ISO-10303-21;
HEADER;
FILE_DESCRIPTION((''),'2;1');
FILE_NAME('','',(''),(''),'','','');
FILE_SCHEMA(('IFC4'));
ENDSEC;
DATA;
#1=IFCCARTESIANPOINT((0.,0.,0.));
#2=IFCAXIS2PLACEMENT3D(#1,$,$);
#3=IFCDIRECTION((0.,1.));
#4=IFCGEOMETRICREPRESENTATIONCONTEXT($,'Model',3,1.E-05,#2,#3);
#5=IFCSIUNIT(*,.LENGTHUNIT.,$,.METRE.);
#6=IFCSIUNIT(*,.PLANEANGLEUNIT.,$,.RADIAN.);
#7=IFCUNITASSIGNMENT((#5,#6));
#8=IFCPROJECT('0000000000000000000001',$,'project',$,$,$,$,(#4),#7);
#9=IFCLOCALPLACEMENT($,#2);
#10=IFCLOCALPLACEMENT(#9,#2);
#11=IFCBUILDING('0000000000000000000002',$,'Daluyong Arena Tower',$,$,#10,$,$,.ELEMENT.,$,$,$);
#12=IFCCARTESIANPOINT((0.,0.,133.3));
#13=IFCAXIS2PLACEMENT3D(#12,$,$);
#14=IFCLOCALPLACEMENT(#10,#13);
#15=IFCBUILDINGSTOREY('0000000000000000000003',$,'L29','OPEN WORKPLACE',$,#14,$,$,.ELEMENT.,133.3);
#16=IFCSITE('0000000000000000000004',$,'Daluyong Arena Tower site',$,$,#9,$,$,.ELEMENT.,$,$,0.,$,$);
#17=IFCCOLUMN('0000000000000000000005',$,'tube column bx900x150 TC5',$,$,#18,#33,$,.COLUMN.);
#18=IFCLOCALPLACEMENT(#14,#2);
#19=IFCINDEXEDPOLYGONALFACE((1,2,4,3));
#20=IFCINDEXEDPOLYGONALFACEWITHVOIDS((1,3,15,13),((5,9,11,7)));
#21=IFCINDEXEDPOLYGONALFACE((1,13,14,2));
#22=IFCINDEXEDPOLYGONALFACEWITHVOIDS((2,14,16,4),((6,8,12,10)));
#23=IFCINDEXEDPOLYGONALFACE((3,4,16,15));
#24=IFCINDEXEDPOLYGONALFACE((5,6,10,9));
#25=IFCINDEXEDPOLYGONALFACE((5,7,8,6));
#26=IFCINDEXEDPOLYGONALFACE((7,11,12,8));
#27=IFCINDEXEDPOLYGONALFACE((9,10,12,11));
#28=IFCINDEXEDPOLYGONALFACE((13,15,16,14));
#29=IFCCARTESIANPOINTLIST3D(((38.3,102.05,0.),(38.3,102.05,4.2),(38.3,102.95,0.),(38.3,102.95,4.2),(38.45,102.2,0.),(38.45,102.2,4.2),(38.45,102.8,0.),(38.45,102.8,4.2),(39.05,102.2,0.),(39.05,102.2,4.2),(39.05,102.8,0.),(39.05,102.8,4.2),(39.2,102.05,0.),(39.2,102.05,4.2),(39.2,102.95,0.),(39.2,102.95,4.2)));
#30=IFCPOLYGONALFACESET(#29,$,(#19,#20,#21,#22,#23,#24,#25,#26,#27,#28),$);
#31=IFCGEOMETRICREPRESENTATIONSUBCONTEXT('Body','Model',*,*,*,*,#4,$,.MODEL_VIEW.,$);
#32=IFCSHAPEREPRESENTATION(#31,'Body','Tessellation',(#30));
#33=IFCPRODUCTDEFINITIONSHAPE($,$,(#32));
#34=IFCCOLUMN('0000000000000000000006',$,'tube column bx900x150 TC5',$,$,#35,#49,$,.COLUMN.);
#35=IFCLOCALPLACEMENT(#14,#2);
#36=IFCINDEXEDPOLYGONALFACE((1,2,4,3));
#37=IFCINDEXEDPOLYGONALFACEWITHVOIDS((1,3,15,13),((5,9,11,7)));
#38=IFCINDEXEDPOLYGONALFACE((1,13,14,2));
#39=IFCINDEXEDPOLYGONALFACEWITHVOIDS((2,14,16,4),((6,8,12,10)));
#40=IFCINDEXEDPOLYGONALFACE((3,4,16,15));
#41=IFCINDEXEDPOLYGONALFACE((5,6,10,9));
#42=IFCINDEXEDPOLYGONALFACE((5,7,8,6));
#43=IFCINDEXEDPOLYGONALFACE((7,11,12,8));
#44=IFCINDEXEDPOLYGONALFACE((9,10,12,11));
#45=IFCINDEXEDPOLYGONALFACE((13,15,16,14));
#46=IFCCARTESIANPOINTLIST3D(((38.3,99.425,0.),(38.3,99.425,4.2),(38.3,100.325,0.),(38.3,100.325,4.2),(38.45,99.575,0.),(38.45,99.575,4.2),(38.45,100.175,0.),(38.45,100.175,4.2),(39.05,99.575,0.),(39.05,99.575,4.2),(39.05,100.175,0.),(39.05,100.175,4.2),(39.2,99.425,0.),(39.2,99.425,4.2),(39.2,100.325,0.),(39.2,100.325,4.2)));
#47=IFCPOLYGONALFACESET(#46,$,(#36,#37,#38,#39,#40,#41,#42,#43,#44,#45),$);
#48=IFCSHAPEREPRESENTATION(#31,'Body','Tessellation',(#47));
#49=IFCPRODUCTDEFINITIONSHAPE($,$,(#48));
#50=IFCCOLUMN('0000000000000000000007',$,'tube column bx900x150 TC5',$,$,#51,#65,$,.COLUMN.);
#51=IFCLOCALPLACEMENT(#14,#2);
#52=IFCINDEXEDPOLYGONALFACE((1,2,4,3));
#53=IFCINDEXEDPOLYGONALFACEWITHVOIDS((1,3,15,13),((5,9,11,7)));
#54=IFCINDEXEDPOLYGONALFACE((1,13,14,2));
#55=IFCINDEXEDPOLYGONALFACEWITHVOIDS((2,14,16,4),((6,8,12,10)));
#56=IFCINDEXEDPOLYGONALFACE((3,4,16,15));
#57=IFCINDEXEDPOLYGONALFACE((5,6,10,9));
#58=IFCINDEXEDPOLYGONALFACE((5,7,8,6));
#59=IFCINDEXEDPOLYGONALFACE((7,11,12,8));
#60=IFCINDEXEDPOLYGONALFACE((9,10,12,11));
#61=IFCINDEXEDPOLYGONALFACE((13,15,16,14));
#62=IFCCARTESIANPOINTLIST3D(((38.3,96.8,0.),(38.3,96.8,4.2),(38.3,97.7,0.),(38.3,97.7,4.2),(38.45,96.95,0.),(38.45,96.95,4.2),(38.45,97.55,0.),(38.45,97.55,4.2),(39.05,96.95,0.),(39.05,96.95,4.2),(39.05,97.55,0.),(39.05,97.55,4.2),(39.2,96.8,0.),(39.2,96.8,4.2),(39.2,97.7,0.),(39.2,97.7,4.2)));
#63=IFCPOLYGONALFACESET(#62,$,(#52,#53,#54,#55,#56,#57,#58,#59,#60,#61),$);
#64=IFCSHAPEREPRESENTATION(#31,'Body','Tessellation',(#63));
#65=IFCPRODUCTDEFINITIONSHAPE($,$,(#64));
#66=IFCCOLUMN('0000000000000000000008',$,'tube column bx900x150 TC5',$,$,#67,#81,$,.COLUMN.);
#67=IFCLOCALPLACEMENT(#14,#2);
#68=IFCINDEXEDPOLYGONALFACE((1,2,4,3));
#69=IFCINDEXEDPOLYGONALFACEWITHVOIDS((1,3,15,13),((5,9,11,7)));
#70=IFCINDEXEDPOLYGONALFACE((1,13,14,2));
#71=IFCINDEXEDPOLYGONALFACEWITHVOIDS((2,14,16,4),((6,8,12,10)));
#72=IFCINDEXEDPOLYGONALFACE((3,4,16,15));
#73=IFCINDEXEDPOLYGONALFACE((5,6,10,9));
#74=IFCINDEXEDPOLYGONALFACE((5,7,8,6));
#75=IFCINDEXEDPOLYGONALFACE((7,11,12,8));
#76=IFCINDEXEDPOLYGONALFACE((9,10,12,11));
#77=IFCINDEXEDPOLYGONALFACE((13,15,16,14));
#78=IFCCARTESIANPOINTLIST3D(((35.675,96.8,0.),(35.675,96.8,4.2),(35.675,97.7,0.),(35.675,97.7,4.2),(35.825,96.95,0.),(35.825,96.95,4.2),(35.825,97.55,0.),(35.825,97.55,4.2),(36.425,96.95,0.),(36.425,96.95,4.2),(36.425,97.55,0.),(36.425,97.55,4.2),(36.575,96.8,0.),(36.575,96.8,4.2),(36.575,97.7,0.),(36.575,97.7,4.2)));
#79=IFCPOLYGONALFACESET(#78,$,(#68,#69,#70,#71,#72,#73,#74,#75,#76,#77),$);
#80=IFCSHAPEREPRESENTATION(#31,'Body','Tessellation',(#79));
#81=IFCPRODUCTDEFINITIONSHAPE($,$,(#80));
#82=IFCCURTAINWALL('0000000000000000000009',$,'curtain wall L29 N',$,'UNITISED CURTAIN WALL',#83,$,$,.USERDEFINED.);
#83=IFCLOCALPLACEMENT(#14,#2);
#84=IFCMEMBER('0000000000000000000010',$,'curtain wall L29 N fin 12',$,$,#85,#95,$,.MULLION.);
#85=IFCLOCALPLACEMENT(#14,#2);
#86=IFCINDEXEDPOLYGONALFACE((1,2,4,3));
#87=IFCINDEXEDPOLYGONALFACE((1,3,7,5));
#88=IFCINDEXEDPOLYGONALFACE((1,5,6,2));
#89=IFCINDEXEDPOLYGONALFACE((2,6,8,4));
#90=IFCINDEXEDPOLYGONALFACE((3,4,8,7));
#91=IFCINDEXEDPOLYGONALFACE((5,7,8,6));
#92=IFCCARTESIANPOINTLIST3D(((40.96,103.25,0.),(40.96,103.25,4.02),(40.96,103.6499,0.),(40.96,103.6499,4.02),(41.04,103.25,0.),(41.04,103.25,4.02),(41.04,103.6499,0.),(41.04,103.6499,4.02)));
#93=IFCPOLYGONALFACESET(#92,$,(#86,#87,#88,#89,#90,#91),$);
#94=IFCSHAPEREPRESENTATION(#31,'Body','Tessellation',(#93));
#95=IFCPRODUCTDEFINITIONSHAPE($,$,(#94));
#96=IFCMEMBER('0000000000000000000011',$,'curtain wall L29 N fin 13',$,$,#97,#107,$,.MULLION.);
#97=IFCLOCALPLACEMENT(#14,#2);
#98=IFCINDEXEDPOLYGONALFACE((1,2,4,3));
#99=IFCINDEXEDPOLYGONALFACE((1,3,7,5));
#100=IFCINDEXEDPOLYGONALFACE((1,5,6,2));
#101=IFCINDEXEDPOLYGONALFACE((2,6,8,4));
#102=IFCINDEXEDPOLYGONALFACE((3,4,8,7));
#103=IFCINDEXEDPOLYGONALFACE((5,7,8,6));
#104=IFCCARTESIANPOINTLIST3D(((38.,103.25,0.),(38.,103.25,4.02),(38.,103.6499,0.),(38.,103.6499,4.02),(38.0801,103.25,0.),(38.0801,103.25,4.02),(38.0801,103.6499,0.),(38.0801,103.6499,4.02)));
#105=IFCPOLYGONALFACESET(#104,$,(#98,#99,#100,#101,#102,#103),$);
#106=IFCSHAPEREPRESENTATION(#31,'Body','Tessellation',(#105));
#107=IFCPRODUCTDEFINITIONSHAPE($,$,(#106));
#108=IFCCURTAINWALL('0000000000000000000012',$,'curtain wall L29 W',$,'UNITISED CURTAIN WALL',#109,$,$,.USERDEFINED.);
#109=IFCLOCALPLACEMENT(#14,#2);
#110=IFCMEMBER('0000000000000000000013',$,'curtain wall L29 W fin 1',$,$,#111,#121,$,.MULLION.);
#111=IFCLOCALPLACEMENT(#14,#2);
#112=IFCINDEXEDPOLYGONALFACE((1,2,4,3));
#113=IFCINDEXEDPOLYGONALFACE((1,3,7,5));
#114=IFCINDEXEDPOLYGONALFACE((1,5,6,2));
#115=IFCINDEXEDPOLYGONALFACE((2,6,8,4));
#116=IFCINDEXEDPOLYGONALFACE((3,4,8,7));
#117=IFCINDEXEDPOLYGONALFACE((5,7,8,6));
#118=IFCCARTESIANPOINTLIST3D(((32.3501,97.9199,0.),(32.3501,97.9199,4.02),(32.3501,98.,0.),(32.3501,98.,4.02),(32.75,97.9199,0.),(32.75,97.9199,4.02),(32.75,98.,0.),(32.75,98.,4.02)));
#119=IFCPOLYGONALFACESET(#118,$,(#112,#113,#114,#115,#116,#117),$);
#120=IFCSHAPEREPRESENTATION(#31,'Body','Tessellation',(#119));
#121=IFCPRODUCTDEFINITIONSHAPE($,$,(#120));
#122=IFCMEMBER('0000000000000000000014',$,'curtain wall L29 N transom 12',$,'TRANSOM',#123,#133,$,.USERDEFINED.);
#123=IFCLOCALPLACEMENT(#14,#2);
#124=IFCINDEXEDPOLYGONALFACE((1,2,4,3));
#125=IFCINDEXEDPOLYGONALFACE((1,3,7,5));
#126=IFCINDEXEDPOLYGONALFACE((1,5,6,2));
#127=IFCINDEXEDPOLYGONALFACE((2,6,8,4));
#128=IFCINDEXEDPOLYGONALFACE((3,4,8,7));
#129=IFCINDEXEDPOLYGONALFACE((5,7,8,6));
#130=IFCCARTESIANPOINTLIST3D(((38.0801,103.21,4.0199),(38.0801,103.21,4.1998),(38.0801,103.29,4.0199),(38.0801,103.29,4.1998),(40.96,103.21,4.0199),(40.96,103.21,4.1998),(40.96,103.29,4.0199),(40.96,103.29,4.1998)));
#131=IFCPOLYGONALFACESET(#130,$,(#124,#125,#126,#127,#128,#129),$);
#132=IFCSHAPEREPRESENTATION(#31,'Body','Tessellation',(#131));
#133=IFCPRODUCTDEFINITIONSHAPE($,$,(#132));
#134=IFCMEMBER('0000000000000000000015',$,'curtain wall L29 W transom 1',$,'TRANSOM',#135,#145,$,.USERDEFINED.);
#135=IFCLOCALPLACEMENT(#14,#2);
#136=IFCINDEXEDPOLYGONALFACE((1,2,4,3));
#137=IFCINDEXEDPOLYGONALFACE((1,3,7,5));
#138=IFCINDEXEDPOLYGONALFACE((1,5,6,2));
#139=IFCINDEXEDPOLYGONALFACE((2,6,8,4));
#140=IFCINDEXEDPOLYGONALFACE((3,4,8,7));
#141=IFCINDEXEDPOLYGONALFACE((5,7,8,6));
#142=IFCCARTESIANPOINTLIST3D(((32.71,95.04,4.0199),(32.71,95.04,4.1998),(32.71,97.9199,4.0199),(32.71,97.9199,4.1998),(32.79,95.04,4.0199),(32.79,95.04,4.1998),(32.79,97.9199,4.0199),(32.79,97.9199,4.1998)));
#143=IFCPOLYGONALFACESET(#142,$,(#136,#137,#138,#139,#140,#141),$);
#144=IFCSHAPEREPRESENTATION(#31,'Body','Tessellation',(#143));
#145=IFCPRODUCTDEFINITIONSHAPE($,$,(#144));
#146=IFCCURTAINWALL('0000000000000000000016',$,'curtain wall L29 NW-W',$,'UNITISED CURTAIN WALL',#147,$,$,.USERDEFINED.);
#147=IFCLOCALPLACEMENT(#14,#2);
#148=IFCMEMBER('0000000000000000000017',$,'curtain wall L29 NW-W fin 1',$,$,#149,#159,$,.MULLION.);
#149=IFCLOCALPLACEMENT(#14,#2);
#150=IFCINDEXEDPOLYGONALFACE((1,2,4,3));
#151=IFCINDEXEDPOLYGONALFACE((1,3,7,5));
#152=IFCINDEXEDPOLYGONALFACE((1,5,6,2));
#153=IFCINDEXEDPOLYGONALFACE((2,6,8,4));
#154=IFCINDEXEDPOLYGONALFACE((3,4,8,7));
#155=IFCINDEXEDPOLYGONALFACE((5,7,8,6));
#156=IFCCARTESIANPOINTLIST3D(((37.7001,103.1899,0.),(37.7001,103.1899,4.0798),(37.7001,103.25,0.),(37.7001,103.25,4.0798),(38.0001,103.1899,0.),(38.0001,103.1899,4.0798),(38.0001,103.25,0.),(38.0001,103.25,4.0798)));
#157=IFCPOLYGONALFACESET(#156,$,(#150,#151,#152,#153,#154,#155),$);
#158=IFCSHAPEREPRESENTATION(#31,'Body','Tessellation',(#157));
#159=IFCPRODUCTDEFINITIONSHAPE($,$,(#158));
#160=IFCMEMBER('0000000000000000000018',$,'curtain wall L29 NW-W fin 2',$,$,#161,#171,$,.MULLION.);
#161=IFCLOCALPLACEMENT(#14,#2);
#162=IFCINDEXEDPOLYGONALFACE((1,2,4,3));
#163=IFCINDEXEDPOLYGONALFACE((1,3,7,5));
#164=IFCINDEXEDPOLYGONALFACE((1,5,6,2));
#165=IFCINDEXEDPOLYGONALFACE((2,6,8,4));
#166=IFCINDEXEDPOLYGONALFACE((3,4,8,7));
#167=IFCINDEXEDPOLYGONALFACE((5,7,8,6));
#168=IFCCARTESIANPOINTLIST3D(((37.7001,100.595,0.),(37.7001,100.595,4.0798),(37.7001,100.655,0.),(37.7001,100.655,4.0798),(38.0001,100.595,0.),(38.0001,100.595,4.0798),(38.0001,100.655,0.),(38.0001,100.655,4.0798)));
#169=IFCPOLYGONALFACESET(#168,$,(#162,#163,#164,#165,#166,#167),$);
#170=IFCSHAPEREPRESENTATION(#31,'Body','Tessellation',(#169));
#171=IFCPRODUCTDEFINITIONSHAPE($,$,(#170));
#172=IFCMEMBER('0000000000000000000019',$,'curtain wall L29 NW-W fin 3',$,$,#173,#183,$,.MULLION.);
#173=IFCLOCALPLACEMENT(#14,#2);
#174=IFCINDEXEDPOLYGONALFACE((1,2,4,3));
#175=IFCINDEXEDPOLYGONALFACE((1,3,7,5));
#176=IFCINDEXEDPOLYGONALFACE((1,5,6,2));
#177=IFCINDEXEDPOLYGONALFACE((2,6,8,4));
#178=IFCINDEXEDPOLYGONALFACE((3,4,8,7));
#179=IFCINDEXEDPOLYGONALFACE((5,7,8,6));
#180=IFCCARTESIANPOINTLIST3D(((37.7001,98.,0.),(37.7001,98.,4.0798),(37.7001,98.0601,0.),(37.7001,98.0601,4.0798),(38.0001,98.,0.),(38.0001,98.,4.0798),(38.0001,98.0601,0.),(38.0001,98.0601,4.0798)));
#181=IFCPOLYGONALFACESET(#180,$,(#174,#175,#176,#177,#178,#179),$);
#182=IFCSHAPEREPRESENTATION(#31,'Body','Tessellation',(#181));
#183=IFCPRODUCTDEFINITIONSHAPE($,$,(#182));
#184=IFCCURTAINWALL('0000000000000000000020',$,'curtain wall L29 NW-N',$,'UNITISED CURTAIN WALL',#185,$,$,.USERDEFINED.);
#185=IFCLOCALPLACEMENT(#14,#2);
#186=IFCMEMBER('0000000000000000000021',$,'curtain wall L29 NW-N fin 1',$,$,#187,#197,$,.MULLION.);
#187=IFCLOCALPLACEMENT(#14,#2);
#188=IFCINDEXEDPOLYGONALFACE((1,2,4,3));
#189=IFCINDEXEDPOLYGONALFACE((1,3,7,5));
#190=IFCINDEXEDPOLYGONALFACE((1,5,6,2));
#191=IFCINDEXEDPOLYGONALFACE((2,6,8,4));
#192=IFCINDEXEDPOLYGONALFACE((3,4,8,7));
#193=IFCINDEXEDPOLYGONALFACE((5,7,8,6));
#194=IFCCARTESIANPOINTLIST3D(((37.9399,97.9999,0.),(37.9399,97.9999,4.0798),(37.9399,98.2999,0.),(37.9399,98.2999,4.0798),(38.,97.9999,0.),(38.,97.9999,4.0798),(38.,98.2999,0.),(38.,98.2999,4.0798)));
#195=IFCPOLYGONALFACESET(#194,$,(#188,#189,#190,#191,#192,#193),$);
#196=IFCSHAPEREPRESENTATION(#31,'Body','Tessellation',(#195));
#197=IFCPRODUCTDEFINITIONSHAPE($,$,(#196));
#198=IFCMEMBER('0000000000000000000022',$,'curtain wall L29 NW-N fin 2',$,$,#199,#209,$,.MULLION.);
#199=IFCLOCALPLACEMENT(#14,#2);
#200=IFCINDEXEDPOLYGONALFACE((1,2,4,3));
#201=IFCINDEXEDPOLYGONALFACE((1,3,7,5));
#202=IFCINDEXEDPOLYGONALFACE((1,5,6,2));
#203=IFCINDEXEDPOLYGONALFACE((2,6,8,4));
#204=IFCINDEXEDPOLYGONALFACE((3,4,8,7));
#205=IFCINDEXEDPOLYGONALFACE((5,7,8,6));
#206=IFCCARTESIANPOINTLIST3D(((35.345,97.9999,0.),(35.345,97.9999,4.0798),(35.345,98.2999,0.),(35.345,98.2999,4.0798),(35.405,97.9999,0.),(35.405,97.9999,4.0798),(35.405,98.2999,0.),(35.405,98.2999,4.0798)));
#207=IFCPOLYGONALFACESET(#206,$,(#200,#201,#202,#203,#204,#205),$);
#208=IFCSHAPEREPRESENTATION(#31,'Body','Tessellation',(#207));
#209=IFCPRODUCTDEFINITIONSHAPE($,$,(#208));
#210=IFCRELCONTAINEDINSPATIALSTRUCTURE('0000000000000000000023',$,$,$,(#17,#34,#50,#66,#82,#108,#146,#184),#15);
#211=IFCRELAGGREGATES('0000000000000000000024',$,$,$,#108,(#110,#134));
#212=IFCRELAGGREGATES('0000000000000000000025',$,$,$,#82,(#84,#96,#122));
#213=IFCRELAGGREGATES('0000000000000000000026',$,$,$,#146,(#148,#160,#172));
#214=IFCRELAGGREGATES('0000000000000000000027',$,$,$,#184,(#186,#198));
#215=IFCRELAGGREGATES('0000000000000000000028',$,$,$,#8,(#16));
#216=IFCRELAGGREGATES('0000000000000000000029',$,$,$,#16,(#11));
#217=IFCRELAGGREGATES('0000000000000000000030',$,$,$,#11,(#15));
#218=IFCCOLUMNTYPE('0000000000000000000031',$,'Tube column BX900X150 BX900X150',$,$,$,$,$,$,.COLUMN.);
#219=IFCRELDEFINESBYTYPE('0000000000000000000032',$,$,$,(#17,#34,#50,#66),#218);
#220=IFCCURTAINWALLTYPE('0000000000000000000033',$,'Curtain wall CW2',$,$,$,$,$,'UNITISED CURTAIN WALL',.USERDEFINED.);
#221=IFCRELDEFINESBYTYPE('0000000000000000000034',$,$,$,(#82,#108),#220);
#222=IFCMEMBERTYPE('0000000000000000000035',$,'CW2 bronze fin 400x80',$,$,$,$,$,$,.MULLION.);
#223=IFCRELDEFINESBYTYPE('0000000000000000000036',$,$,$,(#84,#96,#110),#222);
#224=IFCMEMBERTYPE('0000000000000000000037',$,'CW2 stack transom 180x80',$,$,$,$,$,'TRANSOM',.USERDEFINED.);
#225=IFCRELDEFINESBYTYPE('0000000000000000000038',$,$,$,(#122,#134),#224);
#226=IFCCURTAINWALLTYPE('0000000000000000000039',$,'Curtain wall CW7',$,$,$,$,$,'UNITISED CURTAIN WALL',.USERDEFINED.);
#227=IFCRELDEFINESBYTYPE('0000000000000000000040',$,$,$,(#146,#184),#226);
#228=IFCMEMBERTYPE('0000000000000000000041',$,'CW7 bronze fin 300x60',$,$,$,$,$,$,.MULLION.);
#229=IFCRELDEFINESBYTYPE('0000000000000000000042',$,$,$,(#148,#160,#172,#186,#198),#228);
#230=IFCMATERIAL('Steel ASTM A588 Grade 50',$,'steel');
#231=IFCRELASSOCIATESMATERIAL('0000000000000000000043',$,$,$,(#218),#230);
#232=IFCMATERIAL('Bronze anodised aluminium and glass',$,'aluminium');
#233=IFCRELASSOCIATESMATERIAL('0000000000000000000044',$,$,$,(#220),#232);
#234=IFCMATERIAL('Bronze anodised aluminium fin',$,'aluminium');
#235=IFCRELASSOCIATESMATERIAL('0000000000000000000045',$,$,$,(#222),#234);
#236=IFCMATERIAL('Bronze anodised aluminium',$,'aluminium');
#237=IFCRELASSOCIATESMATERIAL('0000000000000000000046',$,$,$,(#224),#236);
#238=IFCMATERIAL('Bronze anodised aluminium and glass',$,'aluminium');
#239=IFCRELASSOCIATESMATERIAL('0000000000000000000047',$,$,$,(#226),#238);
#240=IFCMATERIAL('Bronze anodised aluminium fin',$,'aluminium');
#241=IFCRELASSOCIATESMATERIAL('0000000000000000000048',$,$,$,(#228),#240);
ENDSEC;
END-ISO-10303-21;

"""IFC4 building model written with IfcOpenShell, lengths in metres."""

from ifc_helpers import new_model, si_unit, direction, frame, origin, origin_2d, place, context, subcontext, project, spatial, rectangle, hollow_rectangle, extrude, material, material_profile, profile_set, type_object, element, aggregate, save


model = new_model("IFC4")

# Units and contexts
model_context = context("Model", 3, precision=1e-05, world=origin(), true_north=direction((0.0, 1.0)))
body_context = subcontext(model_context, "Body", "Model", "MODEL_VIEW")
ifc_project = project(units=[si_unit("LENGTHUNIT", "METRE"), si_unit("PLANEANGLEUNIT", "RADIAN")], contexts=[model_context])

# Site, building, storey
site_placement = place(None, origin())
site = spatial("IfcSite", under=ifc_project, at=site_placement, Name="Daluyong Arena Tower site", CompositionType="ELEMENT", RefElevation=0.0)
building_placement = place(site_placement, origin())
building = spatial("IfcBuilding", under=site, at=building_placement, Name="Daluyong Arena Tower", CompositionType="ELEMENT")
storey_placement = place(building_placement, frame((0.0, 0.0, 133.3)))
storey = spatial("IfcBuildingStorey", under=building, at=storey_placement, Name="L29", Description="OPEN WORKPLACE", CompositionType="ELEMENT", Elevation=133.3)

# Columns
ifc_material_1 = material(Name="Steel ASTM A588 Grade 50", Category="steel")
ifc_material_profile_1 = material_profile(ifc_material_1, hollow_rectangle(XDim=0.8999, YDim=0.8999, WallThickness=0.15, at=origin_2d()))
ifc_profile_set_1 = profile_set([ifc_material_profile_1], Name="Steel ASTM A588 Grade 50")
column_type = type_object("IfcColumnType", Name="Tube column BX900X150 BX900X150", PredefinedType="COLUMN", material=ifc_profile_set_1)
for number, where, z_axis, x_axis, name in (
    (1, (38.75, 102.5, 0.0), (0.0, 0.0, 1.0), (0.0, 1.0, 0.0), "tube column bx900x150 TC5"),
    (2, (38.75, 99.875, 0.0), (0.0, 0.0, 1.0), (0.0, 1.0, 0.0), "tube column bx900x150 TC5"),
    (3, (38.75, 97.25, 0.0), (0.0, 0.0, 1.0), (1.0, 0.0, 0.0), "tube column bx900x150 TC5"),
    (4, (36.125, 97.25, 0.0), (0.0, 0.0, 1.0), (1.0, 0.0, 0.0), "tube column bx900x150 TC5"),
):
    element("IfcColumn", number, at=place(storey_placement, frame(where, z_axis=z_axis, x_axis=x_axis)), inside=storey, type_object=column_type, Name=name, PredefinedType="COLUMN", context=body_context, shape_type="SweptSolid", body=[
        extrude(hollow_rectangle(XDim=0.8999, YDim=0.8999, WallThickness=0.15, at=origin_2d()), origin(), (0.0, 0.0, 1.0), 4.2),
    ])

# Curtain wall, members
ifc_material_2 = material(Name="Bronze anodised aluminium and glass", Category="aluminium")
curtain_wall_type_1 = type_object("IfcCurtainWallType", Name="Curtain wall CW2", ElementType="UNITISED CURTAIN WALL", PredefinedType="USERDEFINED", material=ifc_material_2)
curtain_wall_1_placement = place(storey_placement, origin())
curtain_wall_1 = element("IfcCurtainWall", 5, at=curtain_wall_1_placement, inside=storey, type_object=curtain_wall_type_1, Name="curtain wall L29 N", ObjectType="UNITISED CURTAIN WALL", PredefinedType="USERDEFINED")
ifc_material_3 = material(Name="Bronze anodised aluminium fin", Category="aluminium")
ifc_material_profile_2 = material_profile(ifc_material_3, rectangle(XDim=0.3999, YDim=0.0801, at=origin_2d()))
ifc_profile_set_2 = profile_set([ifc_material_profile_2], Name="Bronze anodised aluminium fin")
member_type_1 = type_object("IfcMemberType", Name="CW2 bronze fin 400x80", PredefinedType="MULLION", material=ifc_profile_set_2)
member_1_placement = place(storey_placement, frame((41.0, 103.45, 0.0), z_axis=(0.0, 0.0, 1.0), x_axis=(0.0, -1.0, 0.0)))
member_1 = element("IfcMember", 6, at=member_1_placement, type_object=member_type_1, Name="curtain wall L29 N fin 12", PredefinedType="MULLION", context=body_context, shape_type="SweptSolid", body=[
    extrude(rectangle(XDim=0.3999, YDim=0.0801, at=origin_2d()), origin(), (0.0, 0.0, 1.0), 4.02),
])
member_2_placement = place(storey_placement, frame((38.04, 103.45, 0.0), z_axis=(0.0, 0.0, 1.0), x_axis=(0.0, -1.0, 0.0)))
member_2 = element("IfcMember", 7, at=member_2_placement, type_object=member_type_1, Name="curtain wall L29 N fin 13", PredefinedType="MULLION", context=body_context, shape_type="SweptSolid", body=[
    extrude(rectangle(XDim=0.3999, YDim=0.0801, at=origin_2d()), origin(), (0.0, 0.0, 1.0), 4.02),
])

# Curtain wall, member
curtain_wall_2_placement = place(storey_placement, origin())
curtain_wall_2 = element("IfcCurtainWall", 8, at=curtain_wall_2_placement, inside=storey, type_object=curtain_wall_type_1, Name="curtain wall L29 W", ObjectType="UNITISED CURTAIN WALL", PredefinedType="USERDEFINED")
member_3_placement = place(storey_placement, frame((32.55, 97.96, 0.0), z_axis=(0.0, 0.0, 1.0), x_axis=(1.0, 0.0, 0.0)))
member_3 = element("IfcMember", 9, at=member_3_placement, type_object=member_type_1, Name="curtain wall L29 W fin 1", PredefinedType="MULLION", context=body_context, shape_type="SweptSolid", body=[
    extrude(rectangle(XDim=0.3999, YDim=0.0801, at=origin_2d()), origin(), (0.0, 0.0, 1.0), 4.02),
])

# Members
ifc_material_4 = material(Name="Bronze anodised aluminium", Category="aluminium")
ifc_material_profile_3 = material_profile(ifc_material_4, rectangle(XDim=0.0801, YDim=0.1799, at=origin_2d()))
ifc_profile_set_3 = profile_set([ifc_material_profile_3], Name="Bronze anodised aluminium")
member_type_2 = type_object("IfcMemberType", Name="CW2 stack transom 180x80", ElementType="TRANSOM", PredefinedType="USERDEFINED", material=ifc_profile_set_3)
member_4_placement = place(storey_placement, frame((40.96, 103.25, 4.1099), z_axis=(-1.0, 0.0, 0.0), x_axis=(0.0, -1.0, 0.0)))
member_4 = element("IfcMember", 10, at=member_4_placement, type_object=member_type_2, Name="curtain wall L29 N transom 12", ObjectType="TRANSOM", PredefinedType="USERDEFINED", context=body_context, shape_type="SweptSolid", body=[
    extrude(rectangle(XDim=0.0801, YDim=0.1799, at=origin_2d()), origin(), (0.0, 0.0, 1.0), 2.8799),
])
member_5_placement = place(storey_placement, frame((32.75, 97.9199, 4.1099), z_axis=(0.0, -1.0, 0.0), x_axis=(1.0, 0.0, 0.0)))
member_5 = element("IfcMember", 11, at=member_5_placement, type_object=member_type_2, Name="curtain wall L29 W transom 1", ObjectType="TRANSOM", PredefinedType="USERDEFINED", context=body_context, shape_type="SweptSolid", body=[
    extrude(rectangle(XDim=0.0801, YDim=0.1799, at=origin_2d()), origin(), (0.0, 0.0, 1.0), 2.8799),
])
aggregate(curtain_wall_2, [member_3, member_5])

# Curtain walls, members
ifc_material_5 = material(Name="Bronze anodised aluminium and glass", Category="aluminium")
curtain_wall_type_2 = type_object("IfcCurtainWallType", Name="Curtain wall CW7", ElementType="UNITISED CURTAIN WALL", PredefinedType="USERDEFINED", material=ifc_material_5)
curtain_wall_3_placement = place(storey_placement, origin())
curtain_wall_3 = element("IfcCurtainWall", 12, at=curtain_wall_3_placement, inside=storey, type_object=curtain_wall_type_2, Name="curtain wall L29 NW-W", ObjectType="UNITISED CURTAIN WALL", PredefinedType="USERDEFINED")
ifc_material_6 = material(Name="Bronze anodised aluminium fin", Category="aluminium")
ifc_material_profile_4 = material_profile(ifc_material_6, rectangle(XDim=0.3, YDim=0.0601, at=origin_2d()))
ifc_profile_set_4 = profile_set([ifc_material_profile_4], Name="Bronze anodised aluminium fin")
member_type_3 = type_object("IfcMemberType", Name="CW7 bronze fin 300x60", PredefinedType="MULLION", material=ifc_profile_set_4)
member_6_placement = place(storey_placement, frame((37.8501, 103.22, 0.0), z_axis=(0.0, 0.0, 1.0), x_axis=(1.0, 0.0, 0.0)))
member_6 = element("IfcMember", 13, at=member_6_placement, type_object=member_type_3, Name="curtain wall L29 NW-W fin 1", PredefinedType="MULLION", context=body_context, shape_type="SweptSolid", body=[
    extrude(rectangle(XDim=0.3, YDim=0.0601, at=origin_2d()), origin(), (0.0, 0.0, 1.0), 4.0798),
])
member_7_placement = place(storey_placement, frame((37.8501, 100.625, 0.0), z_axis=(0.0, 0.0, 1.0), x_axis=(1.0, 0.0, 0.0)))
member_7 = element("IfcMember", 14, at=member_7_placement, type_object=member_type_3, Name="curtain wall L29 NW-W fin 2", PredefinedType="MULLION", context=body_context, shape_type="SweptSolid", body=[
    extrude(rectangle(XDim=0.3, YDim=0.0601, at=origin_2d()), origin(), (0.0, 0.0, 1.0), 4.0798),
])
member_8_placement = place(storey_placement, frame((37.8501, 98.03, 0.0), z_axis=(0.0, 0.0, 1.0), x_axis=(1.0, 0.0, 0.0)))
member_8 = element("IfcMember", 15, at=member_8_placement, type_object=member_type_3, Name="curtain wall L29 NW-W fin 3", PredefinedType="MULLION", context=body_context, shape_type="SweptSolid", body=[
    extrude(rectangle(XDim=0.3, YDim=0.0601, at=origin_2d()), origin(), (0.0, 0.0, 1.0), 4.0798),
])
curtain_wall_4_placement = place(storey_placement, origin())
curtain_wall_4 = element("IfcCurtainWall", 16, at=curtain_wall_4_placement, inside=storey, type_object=curtain_wall_type_2, Name="curtain wall L29 NW-N", ObjectType="UNITISED CURTAIN WALL", PredefinedType="USERDEFINED")
member_9_placement = place(storey_placement, frame((37.97, 98.1499, 0.0), z_axis=(0.0, 0.0, 1.0), x_axis=(0.0, -1.0, 0.0)))
member_9 = element("IfcMember", 17, at=member_9_placement, type_object=member_type_3, Name="curtain wall L29 NW-N fin 1", PredefinedType="MULLION", context=body_context, shape_type="SweptSolid", body=[
    extrude(rectangle(XDim=0.3, YDim=0.0601, at=origin_2d()), origin(), (0.0, 0.0, 1.0), 4.0798),
])
member_10_placement = place(storey_placement, frame((35.375, 98.1499, 0.0), z_axis=(0.0, 0.0, 1.0), x_axis=(0.0, -1.0, 0.0)))
member_10 = element("IfcMember", 18, at=member_10_placement, type_object=member_type_3, Name="curtain wall L29 NW-N fin 2", PredefinedType="MULLION", context=body_context, shape_type="SweptSolid", body=[
    extrude(rectangle(XDim=0.3, YDim=0.0601, at=origin_2d()), origin(), (0.0, 0.0, 1.0), 4.0798),
])

aggregate(curtain_wall_1, [member_1, member_2, member_4])
aggregate(curtain_wall_3, [member_6, member_7, member_8])
aggregate(curtain_wall_4, [member_9, member_10])

save(model, "model.ifc")
